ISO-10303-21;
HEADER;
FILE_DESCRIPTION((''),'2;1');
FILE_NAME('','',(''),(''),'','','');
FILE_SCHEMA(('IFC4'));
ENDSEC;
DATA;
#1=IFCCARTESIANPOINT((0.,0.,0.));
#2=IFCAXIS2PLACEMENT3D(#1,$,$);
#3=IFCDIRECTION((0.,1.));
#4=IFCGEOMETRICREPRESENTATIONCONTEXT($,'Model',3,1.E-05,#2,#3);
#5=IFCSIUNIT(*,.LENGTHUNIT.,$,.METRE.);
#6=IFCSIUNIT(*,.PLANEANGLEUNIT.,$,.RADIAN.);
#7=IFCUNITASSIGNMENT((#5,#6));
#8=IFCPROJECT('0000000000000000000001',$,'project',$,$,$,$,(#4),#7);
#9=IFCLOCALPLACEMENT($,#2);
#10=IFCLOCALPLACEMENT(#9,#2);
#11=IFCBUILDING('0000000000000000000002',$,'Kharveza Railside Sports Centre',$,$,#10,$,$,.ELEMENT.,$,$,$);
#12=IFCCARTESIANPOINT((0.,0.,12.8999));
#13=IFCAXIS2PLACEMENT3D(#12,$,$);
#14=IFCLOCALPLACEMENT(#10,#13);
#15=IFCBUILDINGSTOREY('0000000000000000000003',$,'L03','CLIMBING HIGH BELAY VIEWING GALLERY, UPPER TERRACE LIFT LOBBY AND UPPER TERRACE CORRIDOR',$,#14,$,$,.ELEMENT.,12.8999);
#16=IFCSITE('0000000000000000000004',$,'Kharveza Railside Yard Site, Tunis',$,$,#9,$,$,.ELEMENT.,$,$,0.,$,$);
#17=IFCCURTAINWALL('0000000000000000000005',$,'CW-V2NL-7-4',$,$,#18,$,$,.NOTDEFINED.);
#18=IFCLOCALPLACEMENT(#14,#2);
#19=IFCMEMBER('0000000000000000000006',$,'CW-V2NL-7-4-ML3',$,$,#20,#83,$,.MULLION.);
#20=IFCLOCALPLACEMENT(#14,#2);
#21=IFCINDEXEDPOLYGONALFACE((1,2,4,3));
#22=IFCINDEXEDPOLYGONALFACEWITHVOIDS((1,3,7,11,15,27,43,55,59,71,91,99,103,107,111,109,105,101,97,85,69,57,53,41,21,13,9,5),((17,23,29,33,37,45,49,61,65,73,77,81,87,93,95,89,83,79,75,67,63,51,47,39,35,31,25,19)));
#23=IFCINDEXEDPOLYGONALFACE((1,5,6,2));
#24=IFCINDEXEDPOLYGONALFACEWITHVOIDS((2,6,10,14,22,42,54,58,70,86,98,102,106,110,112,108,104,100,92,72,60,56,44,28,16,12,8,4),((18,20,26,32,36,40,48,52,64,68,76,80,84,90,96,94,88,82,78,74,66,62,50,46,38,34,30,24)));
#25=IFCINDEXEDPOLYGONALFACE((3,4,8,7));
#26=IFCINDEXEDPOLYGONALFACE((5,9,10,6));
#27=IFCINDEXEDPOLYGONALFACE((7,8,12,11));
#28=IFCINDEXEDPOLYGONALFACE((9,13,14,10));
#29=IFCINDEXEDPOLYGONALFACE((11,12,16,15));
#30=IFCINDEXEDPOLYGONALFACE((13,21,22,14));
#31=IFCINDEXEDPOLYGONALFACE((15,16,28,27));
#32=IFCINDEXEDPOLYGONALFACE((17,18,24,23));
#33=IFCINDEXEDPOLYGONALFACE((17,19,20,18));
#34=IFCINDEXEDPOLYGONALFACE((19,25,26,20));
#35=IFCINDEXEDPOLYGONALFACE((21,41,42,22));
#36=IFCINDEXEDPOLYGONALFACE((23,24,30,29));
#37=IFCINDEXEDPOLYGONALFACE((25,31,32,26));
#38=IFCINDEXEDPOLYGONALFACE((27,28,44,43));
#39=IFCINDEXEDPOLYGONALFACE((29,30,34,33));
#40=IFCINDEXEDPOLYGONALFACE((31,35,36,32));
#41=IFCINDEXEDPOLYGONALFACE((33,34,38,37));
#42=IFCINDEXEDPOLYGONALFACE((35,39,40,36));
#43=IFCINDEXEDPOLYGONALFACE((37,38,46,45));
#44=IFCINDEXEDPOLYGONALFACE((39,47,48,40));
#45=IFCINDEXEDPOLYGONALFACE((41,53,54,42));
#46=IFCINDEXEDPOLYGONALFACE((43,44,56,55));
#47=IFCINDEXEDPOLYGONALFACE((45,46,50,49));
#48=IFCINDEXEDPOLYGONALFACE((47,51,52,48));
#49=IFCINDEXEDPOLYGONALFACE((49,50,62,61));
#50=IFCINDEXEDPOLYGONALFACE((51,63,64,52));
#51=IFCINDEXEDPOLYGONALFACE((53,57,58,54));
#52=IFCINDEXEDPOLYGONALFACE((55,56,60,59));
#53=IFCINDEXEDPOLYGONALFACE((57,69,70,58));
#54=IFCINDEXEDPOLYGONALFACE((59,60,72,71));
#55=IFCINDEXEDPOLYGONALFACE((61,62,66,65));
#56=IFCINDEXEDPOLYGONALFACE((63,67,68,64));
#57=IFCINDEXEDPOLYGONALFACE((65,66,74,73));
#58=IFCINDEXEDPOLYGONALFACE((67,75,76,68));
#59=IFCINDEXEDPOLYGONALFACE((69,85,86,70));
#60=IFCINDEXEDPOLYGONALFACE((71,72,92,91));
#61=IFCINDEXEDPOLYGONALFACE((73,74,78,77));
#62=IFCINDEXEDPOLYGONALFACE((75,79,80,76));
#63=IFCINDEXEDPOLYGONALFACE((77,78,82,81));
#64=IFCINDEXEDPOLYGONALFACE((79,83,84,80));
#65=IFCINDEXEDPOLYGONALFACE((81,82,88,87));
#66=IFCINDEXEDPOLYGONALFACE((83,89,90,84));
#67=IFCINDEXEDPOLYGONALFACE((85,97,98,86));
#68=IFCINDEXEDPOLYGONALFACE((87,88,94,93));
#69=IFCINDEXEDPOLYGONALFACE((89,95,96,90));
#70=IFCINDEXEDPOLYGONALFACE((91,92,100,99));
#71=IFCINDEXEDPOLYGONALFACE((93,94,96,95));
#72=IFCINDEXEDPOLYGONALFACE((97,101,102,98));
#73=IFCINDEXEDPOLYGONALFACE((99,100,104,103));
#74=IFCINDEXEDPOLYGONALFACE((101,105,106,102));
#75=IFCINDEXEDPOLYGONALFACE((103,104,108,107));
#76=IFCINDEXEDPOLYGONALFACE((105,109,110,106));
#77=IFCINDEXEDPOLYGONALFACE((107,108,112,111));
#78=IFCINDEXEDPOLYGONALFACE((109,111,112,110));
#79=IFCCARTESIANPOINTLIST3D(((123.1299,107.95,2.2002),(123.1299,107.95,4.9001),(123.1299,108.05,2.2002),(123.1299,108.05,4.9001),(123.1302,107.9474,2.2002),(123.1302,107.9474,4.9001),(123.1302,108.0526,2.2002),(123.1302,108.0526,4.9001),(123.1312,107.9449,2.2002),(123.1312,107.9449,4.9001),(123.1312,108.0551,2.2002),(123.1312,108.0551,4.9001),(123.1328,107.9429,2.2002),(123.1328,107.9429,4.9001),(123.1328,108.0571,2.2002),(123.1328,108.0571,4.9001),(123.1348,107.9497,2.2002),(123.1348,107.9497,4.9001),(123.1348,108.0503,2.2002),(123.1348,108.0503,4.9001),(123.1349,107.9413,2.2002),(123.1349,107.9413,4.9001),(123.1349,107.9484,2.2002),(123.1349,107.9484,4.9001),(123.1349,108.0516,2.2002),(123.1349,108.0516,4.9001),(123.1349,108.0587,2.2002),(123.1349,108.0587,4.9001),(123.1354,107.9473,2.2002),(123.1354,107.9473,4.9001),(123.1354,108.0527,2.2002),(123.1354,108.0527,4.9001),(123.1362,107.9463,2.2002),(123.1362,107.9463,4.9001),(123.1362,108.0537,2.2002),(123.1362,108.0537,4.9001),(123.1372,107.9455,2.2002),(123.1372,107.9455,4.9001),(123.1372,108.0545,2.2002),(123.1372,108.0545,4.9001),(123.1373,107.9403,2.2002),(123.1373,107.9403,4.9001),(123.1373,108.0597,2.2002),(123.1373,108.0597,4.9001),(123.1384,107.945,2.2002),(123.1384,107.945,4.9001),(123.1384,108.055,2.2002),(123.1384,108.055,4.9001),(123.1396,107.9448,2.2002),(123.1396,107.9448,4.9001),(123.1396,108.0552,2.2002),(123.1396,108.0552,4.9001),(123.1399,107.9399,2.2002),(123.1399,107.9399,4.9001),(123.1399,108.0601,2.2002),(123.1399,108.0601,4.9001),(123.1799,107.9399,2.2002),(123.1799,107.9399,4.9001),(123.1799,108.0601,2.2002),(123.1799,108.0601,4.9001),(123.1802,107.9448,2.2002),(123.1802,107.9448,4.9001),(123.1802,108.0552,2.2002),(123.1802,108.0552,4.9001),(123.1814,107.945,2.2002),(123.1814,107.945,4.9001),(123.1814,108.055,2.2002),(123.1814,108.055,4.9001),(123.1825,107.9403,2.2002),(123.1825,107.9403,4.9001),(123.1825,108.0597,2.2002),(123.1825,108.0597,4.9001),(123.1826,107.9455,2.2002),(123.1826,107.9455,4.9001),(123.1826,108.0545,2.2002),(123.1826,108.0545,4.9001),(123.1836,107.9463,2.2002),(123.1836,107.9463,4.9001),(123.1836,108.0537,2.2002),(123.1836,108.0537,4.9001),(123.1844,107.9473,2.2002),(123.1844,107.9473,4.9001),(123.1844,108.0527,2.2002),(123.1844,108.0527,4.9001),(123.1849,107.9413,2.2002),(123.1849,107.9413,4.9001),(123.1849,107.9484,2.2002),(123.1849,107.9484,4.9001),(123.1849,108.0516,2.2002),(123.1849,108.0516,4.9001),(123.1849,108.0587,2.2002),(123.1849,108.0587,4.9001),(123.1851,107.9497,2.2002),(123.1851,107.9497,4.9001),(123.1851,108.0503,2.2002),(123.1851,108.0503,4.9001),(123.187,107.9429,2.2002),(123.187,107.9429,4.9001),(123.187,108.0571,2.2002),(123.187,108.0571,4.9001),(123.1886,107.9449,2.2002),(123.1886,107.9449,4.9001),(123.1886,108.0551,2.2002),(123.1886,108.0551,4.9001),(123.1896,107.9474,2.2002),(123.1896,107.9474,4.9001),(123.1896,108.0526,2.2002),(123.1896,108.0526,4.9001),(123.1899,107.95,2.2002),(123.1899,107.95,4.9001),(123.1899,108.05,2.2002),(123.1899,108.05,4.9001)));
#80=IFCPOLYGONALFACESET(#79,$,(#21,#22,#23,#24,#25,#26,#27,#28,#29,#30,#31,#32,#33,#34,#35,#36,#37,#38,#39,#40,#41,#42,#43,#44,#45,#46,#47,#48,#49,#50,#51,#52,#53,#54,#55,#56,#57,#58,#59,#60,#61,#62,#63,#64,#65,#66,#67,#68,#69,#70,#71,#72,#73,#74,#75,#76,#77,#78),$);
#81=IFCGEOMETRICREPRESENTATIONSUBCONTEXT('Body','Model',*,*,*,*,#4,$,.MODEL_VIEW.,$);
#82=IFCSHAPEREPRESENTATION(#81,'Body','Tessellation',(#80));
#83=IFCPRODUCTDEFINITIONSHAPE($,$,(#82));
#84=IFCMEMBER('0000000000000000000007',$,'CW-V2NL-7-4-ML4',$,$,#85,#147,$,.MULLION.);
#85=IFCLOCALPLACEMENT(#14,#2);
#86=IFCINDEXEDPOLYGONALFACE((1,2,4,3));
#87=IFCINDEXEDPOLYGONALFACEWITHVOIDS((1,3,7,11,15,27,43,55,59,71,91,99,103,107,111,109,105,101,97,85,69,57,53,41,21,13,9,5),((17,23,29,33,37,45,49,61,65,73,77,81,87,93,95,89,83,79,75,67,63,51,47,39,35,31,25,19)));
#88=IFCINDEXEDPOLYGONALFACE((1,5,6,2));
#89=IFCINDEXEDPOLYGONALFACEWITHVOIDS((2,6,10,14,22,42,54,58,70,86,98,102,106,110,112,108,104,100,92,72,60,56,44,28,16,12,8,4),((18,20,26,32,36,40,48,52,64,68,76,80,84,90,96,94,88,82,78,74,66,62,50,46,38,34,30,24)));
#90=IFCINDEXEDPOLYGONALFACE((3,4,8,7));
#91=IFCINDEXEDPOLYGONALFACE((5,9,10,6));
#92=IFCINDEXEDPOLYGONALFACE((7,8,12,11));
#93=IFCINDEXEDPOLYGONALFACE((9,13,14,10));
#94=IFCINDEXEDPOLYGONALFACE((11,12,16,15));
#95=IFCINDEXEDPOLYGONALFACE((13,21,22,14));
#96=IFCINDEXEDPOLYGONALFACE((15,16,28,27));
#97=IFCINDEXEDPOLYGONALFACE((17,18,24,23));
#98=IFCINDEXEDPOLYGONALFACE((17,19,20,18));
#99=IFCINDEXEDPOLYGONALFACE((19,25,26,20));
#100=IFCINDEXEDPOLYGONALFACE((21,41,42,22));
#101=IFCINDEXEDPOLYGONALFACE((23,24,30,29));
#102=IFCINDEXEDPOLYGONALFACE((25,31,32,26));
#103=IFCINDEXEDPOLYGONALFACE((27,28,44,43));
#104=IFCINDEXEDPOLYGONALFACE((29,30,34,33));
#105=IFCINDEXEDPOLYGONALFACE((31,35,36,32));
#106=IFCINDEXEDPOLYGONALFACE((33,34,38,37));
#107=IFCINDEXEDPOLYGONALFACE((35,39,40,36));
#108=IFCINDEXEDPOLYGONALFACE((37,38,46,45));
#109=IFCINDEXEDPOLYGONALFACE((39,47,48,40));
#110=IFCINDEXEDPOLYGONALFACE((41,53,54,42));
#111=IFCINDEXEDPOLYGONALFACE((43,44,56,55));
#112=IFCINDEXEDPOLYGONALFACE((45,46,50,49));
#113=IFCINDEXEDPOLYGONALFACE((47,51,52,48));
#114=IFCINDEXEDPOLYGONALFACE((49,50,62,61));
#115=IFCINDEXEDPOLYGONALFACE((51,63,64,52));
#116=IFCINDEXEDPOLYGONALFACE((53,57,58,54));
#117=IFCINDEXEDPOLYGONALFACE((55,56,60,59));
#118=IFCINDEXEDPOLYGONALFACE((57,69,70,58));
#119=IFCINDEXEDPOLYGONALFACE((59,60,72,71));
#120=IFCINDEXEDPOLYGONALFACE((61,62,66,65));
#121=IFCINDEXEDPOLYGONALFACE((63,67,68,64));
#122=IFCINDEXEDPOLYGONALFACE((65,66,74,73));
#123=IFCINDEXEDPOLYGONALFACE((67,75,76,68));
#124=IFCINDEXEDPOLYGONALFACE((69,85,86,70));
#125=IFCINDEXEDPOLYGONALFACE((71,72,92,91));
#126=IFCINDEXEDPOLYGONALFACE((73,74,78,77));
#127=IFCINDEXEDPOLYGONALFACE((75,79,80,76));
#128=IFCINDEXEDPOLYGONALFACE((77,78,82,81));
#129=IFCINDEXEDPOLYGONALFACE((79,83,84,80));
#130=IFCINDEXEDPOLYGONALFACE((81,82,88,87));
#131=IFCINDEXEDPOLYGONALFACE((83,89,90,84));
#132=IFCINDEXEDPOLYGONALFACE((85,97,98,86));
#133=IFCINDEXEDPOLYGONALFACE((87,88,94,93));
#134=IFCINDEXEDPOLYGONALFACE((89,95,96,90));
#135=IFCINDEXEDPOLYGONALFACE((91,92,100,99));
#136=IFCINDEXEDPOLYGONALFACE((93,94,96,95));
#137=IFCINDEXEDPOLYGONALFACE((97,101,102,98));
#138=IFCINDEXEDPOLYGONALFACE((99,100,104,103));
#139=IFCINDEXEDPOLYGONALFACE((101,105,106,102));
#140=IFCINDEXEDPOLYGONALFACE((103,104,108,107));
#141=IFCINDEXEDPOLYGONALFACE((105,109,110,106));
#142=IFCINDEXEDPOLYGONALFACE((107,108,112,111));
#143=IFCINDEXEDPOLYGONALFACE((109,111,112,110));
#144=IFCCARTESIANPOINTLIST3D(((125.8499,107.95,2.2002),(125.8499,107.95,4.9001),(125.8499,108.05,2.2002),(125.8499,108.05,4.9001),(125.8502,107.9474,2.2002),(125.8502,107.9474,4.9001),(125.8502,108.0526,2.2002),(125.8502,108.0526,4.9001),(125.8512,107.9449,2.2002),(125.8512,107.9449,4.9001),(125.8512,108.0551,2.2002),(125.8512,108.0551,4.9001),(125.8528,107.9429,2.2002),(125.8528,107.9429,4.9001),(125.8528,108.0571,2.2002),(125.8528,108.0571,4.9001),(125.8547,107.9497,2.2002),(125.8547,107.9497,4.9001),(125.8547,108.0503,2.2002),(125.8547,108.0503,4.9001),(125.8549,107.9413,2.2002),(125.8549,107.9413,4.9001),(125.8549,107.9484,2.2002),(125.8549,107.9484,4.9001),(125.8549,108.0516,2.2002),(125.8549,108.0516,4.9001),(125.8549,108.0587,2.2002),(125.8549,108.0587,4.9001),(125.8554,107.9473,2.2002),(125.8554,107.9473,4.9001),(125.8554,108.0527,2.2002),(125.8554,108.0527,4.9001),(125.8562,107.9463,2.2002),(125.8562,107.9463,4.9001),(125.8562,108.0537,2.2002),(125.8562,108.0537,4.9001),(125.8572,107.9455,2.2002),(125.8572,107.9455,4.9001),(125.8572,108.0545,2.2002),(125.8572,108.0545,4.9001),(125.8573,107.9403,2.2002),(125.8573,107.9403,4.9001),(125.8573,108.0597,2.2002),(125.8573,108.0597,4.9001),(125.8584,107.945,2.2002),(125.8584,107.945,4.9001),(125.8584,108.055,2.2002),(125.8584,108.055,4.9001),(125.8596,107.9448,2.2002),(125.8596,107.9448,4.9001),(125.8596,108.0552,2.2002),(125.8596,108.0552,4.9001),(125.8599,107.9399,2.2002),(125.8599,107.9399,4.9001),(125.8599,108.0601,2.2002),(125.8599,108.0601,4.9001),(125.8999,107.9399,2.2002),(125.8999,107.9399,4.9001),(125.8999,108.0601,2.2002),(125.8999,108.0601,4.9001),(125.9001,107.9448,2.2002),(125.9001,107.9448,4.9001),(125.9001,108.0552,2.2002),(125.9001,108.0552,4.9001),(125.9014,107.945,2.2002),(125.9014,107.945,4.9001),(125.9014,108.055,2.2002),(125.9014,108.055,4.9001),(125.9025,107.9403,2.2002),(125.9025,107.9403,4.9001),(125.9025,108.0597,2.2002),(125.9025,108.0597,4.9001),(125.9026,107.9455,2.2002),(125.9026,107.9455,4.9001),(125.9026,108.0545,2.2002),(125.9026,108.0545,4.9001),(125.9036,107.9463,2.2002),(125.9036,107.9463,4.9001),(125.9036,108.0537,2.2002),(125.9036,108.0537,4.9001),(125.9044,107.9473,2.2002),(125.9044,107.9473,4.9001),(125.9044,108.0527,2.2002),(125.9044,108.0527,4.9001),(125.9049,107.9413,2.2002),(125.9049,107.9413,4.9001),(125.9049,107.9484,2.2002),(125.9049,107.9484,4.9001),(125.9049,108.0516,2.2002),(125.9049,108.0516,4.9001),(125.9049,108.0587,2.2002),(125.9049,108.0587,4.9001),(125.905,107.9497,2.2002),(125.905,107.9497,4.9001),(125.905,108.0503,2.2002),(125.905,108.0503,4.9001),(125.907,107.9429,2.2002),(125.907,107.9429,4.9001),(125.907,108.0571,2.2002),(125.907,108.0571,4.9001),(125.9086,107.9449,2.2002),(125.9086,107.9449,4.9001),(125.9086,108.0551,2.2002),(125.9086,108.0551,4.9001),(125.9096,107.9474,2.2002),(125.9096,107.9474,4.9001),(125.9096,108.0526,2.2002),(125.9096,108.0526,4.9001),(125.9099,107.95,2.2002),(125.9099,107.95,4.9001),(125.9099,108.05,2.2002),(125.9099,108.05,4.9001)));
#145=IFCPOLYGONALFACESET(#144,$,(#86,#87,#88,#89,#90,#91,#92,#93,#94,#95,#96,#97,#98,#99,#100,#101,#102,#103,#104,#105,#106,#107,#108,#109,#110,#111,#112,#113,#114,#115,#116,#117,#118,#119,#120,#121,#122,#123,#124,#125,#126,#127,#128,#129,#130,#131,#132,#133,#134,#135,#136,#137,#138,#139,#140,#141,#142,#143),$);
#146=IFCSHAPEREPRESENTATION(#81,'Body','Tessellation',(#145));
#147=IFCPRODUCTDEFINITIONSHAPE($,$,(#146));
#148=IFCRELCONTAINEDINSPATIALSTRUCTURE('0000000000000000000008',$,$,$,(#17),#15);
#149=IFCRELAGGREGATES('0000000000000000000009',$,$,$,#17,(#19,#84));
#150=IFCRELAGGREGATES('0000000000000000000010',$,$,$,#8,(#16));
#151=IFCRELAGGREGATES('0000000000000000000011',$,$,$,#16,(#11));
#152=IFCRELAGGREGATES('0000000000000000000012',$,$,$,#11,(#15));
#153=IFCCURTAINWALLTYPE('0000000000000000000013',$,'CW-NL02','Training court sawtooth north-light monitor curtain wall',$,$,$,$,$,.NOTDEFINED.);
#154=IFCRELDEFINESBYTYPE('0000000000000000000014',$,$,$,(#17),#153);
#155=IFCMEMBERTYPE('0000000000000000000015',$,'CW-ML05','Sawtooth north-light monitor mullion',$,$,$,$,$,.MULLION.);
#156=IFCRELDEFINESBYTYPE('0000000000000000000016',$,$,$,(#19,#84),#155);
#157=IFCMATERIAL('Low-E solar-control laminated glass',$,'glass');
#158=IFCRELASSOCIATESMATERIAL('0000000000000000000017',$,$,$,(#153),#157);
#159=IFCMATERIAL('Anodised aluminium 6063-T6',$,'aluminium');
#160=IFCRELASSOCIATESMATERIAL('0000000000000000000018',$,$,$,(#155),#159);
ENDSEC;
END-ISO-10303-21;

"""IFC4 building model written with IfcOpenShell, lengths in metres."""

from ifc_helpers import new_model, si_unit, direction, frame, origin, origin_2d, place, context, subcontext, project, spatial, hollow_rectangle, extrude, material, material_profile, profile_set, type_object, element, aggregate, save


model = new_model("IFC4")

# Units and contexts
model_context = context("Model", 3, precision=1e-05, world=origin(), true_north=direction((0.0, 1.0)))
body_context = subcontext(model_context, "Body", "Model", "MODEL_VIEW")
ifc_project = project(units=[si_unit("LENGTHUNIT", "METRE"), si_unit("PLANEANGLEUNIT", "RADIAN")], contexts=[model_context])

# Site, building, storey
site_placement = place(None, origin())
site = spatial("IfcSite", under=ifc_project, at=site_placement, Name="Kharveza Railside Yard Site, Tunis", CompositionType="ELEMENT", RefElevation=0.0)
building_placement = place(site_placement, origin())
building = spatial("IfcBuilding", under=site, at=building_placement, Name="Kharveza Railside Sports Centre", CompositionType="ELEMENT")
storey_placement = place(building_placement, frame((0.0, 0.0, 12.8999)))
storey = spatial("IfcBuildingStorey", under=building, at=storey_placement, Name="L03", Description="CLIMBING HIGH BELAY VIEWING GALLERY, UPPER TERRACE LIFT LOBBY AND UPPER TERRACE CORRIDOR", CompositionType="ELEMENT", Elevation=12.8999)

# Curtain wall, members
ifc_material_1 = material(Name="Low-E solar-control laminated glass", Category="glass")
curtain_wall_type = type_object("IfcCurtainWallType", Name="CW-NL02", Description="Training court sawtooth north-light monitor curtain wall", PredefinedType="NOTDEFINED", material=ifc_material_1)
ifc_material_2 = material(Name="Anodised aluminium 6063-T6", Category="aluminium")
ifc_material_profile_1 = material_profile(ifc_material_2, hollow_rectangle(XDim=0.0601, YDim=0.1201, WallThickness=0.0049, InnerFilletRadius=0.0049, OuterFilletRadius=0.01, at=origin_2d()), Name="RHS 60x120x5.0")
ifc_profile_set_1 = profile_set([ifc_material_profile_1], Name="Anodised aluminium 6063-T6")
member_type_1 = type_object("IfcMemberType", Name="CW-ML05", Description="Sawtooth north-light monitor mullion", PredefinedType="MULLION", material=ifc_profile_set_1)
curtain_wall_1_placement = place(storey_placement, origin())
curtain_wall_1 = element("IfcCurtainWall", 1, at=curtain_wall_1_placement, inside=storey, type_object=curtain_wall_type, Name="CW-V2NL-7-4", PredefinedType="NOTDEFINED")
member_1_placement = place(storey_placement, frame((123.1599, 108.0, 2.2002), z_axis=(0.0, 0.0, 1.0), x_axis=(1.0, 0.0, 0.0)))
member_1 = element("IfcMember", 2, at=member_1_placement, type_object=member_type_1, Name="CW-V2NL-7-4-ML3", PredefinedType="MULLION", context=body_context, shape_type="SweptSolid", body=[
    extrude(hollow_rectangle(XDim=0.0601, YDim=0.1201, WallThickness=0.0049, InnerFilletRadius=0.0049, OuterFilletRadius=0.01, at=origin_2d()), origin(), (0.0, 0.0, 1.0), 2.7),
])
member_2_placement = place(storey_placement, frame((125.8799, 108.0, 2.2002), z_axis=(0.0, 0.0, 1.0), x_axis=(1.0, 0.0, 0.0)))
member_2 = element("IfcMember", 3, at=member_2_placement, type_object=member_type_1, Name="CW-V2NL-7-4-ML4", PredefinedType="MULLION", context=body_context, shape_type="SweptSolid", body=[
    extrude(hollow_rectangle(XDim=0.0601, YDim=0.1201, WallThickness=0.0049, InnerFilletRadius=0.0049, OuterFilletRadius=0.01, at=origin_2d()), origin(), (0.0, 0.0, 1.0), 2.7),
])

aggregate(curtain_wall_1, [member_1, member_2])

save(model, "model.ifc")
